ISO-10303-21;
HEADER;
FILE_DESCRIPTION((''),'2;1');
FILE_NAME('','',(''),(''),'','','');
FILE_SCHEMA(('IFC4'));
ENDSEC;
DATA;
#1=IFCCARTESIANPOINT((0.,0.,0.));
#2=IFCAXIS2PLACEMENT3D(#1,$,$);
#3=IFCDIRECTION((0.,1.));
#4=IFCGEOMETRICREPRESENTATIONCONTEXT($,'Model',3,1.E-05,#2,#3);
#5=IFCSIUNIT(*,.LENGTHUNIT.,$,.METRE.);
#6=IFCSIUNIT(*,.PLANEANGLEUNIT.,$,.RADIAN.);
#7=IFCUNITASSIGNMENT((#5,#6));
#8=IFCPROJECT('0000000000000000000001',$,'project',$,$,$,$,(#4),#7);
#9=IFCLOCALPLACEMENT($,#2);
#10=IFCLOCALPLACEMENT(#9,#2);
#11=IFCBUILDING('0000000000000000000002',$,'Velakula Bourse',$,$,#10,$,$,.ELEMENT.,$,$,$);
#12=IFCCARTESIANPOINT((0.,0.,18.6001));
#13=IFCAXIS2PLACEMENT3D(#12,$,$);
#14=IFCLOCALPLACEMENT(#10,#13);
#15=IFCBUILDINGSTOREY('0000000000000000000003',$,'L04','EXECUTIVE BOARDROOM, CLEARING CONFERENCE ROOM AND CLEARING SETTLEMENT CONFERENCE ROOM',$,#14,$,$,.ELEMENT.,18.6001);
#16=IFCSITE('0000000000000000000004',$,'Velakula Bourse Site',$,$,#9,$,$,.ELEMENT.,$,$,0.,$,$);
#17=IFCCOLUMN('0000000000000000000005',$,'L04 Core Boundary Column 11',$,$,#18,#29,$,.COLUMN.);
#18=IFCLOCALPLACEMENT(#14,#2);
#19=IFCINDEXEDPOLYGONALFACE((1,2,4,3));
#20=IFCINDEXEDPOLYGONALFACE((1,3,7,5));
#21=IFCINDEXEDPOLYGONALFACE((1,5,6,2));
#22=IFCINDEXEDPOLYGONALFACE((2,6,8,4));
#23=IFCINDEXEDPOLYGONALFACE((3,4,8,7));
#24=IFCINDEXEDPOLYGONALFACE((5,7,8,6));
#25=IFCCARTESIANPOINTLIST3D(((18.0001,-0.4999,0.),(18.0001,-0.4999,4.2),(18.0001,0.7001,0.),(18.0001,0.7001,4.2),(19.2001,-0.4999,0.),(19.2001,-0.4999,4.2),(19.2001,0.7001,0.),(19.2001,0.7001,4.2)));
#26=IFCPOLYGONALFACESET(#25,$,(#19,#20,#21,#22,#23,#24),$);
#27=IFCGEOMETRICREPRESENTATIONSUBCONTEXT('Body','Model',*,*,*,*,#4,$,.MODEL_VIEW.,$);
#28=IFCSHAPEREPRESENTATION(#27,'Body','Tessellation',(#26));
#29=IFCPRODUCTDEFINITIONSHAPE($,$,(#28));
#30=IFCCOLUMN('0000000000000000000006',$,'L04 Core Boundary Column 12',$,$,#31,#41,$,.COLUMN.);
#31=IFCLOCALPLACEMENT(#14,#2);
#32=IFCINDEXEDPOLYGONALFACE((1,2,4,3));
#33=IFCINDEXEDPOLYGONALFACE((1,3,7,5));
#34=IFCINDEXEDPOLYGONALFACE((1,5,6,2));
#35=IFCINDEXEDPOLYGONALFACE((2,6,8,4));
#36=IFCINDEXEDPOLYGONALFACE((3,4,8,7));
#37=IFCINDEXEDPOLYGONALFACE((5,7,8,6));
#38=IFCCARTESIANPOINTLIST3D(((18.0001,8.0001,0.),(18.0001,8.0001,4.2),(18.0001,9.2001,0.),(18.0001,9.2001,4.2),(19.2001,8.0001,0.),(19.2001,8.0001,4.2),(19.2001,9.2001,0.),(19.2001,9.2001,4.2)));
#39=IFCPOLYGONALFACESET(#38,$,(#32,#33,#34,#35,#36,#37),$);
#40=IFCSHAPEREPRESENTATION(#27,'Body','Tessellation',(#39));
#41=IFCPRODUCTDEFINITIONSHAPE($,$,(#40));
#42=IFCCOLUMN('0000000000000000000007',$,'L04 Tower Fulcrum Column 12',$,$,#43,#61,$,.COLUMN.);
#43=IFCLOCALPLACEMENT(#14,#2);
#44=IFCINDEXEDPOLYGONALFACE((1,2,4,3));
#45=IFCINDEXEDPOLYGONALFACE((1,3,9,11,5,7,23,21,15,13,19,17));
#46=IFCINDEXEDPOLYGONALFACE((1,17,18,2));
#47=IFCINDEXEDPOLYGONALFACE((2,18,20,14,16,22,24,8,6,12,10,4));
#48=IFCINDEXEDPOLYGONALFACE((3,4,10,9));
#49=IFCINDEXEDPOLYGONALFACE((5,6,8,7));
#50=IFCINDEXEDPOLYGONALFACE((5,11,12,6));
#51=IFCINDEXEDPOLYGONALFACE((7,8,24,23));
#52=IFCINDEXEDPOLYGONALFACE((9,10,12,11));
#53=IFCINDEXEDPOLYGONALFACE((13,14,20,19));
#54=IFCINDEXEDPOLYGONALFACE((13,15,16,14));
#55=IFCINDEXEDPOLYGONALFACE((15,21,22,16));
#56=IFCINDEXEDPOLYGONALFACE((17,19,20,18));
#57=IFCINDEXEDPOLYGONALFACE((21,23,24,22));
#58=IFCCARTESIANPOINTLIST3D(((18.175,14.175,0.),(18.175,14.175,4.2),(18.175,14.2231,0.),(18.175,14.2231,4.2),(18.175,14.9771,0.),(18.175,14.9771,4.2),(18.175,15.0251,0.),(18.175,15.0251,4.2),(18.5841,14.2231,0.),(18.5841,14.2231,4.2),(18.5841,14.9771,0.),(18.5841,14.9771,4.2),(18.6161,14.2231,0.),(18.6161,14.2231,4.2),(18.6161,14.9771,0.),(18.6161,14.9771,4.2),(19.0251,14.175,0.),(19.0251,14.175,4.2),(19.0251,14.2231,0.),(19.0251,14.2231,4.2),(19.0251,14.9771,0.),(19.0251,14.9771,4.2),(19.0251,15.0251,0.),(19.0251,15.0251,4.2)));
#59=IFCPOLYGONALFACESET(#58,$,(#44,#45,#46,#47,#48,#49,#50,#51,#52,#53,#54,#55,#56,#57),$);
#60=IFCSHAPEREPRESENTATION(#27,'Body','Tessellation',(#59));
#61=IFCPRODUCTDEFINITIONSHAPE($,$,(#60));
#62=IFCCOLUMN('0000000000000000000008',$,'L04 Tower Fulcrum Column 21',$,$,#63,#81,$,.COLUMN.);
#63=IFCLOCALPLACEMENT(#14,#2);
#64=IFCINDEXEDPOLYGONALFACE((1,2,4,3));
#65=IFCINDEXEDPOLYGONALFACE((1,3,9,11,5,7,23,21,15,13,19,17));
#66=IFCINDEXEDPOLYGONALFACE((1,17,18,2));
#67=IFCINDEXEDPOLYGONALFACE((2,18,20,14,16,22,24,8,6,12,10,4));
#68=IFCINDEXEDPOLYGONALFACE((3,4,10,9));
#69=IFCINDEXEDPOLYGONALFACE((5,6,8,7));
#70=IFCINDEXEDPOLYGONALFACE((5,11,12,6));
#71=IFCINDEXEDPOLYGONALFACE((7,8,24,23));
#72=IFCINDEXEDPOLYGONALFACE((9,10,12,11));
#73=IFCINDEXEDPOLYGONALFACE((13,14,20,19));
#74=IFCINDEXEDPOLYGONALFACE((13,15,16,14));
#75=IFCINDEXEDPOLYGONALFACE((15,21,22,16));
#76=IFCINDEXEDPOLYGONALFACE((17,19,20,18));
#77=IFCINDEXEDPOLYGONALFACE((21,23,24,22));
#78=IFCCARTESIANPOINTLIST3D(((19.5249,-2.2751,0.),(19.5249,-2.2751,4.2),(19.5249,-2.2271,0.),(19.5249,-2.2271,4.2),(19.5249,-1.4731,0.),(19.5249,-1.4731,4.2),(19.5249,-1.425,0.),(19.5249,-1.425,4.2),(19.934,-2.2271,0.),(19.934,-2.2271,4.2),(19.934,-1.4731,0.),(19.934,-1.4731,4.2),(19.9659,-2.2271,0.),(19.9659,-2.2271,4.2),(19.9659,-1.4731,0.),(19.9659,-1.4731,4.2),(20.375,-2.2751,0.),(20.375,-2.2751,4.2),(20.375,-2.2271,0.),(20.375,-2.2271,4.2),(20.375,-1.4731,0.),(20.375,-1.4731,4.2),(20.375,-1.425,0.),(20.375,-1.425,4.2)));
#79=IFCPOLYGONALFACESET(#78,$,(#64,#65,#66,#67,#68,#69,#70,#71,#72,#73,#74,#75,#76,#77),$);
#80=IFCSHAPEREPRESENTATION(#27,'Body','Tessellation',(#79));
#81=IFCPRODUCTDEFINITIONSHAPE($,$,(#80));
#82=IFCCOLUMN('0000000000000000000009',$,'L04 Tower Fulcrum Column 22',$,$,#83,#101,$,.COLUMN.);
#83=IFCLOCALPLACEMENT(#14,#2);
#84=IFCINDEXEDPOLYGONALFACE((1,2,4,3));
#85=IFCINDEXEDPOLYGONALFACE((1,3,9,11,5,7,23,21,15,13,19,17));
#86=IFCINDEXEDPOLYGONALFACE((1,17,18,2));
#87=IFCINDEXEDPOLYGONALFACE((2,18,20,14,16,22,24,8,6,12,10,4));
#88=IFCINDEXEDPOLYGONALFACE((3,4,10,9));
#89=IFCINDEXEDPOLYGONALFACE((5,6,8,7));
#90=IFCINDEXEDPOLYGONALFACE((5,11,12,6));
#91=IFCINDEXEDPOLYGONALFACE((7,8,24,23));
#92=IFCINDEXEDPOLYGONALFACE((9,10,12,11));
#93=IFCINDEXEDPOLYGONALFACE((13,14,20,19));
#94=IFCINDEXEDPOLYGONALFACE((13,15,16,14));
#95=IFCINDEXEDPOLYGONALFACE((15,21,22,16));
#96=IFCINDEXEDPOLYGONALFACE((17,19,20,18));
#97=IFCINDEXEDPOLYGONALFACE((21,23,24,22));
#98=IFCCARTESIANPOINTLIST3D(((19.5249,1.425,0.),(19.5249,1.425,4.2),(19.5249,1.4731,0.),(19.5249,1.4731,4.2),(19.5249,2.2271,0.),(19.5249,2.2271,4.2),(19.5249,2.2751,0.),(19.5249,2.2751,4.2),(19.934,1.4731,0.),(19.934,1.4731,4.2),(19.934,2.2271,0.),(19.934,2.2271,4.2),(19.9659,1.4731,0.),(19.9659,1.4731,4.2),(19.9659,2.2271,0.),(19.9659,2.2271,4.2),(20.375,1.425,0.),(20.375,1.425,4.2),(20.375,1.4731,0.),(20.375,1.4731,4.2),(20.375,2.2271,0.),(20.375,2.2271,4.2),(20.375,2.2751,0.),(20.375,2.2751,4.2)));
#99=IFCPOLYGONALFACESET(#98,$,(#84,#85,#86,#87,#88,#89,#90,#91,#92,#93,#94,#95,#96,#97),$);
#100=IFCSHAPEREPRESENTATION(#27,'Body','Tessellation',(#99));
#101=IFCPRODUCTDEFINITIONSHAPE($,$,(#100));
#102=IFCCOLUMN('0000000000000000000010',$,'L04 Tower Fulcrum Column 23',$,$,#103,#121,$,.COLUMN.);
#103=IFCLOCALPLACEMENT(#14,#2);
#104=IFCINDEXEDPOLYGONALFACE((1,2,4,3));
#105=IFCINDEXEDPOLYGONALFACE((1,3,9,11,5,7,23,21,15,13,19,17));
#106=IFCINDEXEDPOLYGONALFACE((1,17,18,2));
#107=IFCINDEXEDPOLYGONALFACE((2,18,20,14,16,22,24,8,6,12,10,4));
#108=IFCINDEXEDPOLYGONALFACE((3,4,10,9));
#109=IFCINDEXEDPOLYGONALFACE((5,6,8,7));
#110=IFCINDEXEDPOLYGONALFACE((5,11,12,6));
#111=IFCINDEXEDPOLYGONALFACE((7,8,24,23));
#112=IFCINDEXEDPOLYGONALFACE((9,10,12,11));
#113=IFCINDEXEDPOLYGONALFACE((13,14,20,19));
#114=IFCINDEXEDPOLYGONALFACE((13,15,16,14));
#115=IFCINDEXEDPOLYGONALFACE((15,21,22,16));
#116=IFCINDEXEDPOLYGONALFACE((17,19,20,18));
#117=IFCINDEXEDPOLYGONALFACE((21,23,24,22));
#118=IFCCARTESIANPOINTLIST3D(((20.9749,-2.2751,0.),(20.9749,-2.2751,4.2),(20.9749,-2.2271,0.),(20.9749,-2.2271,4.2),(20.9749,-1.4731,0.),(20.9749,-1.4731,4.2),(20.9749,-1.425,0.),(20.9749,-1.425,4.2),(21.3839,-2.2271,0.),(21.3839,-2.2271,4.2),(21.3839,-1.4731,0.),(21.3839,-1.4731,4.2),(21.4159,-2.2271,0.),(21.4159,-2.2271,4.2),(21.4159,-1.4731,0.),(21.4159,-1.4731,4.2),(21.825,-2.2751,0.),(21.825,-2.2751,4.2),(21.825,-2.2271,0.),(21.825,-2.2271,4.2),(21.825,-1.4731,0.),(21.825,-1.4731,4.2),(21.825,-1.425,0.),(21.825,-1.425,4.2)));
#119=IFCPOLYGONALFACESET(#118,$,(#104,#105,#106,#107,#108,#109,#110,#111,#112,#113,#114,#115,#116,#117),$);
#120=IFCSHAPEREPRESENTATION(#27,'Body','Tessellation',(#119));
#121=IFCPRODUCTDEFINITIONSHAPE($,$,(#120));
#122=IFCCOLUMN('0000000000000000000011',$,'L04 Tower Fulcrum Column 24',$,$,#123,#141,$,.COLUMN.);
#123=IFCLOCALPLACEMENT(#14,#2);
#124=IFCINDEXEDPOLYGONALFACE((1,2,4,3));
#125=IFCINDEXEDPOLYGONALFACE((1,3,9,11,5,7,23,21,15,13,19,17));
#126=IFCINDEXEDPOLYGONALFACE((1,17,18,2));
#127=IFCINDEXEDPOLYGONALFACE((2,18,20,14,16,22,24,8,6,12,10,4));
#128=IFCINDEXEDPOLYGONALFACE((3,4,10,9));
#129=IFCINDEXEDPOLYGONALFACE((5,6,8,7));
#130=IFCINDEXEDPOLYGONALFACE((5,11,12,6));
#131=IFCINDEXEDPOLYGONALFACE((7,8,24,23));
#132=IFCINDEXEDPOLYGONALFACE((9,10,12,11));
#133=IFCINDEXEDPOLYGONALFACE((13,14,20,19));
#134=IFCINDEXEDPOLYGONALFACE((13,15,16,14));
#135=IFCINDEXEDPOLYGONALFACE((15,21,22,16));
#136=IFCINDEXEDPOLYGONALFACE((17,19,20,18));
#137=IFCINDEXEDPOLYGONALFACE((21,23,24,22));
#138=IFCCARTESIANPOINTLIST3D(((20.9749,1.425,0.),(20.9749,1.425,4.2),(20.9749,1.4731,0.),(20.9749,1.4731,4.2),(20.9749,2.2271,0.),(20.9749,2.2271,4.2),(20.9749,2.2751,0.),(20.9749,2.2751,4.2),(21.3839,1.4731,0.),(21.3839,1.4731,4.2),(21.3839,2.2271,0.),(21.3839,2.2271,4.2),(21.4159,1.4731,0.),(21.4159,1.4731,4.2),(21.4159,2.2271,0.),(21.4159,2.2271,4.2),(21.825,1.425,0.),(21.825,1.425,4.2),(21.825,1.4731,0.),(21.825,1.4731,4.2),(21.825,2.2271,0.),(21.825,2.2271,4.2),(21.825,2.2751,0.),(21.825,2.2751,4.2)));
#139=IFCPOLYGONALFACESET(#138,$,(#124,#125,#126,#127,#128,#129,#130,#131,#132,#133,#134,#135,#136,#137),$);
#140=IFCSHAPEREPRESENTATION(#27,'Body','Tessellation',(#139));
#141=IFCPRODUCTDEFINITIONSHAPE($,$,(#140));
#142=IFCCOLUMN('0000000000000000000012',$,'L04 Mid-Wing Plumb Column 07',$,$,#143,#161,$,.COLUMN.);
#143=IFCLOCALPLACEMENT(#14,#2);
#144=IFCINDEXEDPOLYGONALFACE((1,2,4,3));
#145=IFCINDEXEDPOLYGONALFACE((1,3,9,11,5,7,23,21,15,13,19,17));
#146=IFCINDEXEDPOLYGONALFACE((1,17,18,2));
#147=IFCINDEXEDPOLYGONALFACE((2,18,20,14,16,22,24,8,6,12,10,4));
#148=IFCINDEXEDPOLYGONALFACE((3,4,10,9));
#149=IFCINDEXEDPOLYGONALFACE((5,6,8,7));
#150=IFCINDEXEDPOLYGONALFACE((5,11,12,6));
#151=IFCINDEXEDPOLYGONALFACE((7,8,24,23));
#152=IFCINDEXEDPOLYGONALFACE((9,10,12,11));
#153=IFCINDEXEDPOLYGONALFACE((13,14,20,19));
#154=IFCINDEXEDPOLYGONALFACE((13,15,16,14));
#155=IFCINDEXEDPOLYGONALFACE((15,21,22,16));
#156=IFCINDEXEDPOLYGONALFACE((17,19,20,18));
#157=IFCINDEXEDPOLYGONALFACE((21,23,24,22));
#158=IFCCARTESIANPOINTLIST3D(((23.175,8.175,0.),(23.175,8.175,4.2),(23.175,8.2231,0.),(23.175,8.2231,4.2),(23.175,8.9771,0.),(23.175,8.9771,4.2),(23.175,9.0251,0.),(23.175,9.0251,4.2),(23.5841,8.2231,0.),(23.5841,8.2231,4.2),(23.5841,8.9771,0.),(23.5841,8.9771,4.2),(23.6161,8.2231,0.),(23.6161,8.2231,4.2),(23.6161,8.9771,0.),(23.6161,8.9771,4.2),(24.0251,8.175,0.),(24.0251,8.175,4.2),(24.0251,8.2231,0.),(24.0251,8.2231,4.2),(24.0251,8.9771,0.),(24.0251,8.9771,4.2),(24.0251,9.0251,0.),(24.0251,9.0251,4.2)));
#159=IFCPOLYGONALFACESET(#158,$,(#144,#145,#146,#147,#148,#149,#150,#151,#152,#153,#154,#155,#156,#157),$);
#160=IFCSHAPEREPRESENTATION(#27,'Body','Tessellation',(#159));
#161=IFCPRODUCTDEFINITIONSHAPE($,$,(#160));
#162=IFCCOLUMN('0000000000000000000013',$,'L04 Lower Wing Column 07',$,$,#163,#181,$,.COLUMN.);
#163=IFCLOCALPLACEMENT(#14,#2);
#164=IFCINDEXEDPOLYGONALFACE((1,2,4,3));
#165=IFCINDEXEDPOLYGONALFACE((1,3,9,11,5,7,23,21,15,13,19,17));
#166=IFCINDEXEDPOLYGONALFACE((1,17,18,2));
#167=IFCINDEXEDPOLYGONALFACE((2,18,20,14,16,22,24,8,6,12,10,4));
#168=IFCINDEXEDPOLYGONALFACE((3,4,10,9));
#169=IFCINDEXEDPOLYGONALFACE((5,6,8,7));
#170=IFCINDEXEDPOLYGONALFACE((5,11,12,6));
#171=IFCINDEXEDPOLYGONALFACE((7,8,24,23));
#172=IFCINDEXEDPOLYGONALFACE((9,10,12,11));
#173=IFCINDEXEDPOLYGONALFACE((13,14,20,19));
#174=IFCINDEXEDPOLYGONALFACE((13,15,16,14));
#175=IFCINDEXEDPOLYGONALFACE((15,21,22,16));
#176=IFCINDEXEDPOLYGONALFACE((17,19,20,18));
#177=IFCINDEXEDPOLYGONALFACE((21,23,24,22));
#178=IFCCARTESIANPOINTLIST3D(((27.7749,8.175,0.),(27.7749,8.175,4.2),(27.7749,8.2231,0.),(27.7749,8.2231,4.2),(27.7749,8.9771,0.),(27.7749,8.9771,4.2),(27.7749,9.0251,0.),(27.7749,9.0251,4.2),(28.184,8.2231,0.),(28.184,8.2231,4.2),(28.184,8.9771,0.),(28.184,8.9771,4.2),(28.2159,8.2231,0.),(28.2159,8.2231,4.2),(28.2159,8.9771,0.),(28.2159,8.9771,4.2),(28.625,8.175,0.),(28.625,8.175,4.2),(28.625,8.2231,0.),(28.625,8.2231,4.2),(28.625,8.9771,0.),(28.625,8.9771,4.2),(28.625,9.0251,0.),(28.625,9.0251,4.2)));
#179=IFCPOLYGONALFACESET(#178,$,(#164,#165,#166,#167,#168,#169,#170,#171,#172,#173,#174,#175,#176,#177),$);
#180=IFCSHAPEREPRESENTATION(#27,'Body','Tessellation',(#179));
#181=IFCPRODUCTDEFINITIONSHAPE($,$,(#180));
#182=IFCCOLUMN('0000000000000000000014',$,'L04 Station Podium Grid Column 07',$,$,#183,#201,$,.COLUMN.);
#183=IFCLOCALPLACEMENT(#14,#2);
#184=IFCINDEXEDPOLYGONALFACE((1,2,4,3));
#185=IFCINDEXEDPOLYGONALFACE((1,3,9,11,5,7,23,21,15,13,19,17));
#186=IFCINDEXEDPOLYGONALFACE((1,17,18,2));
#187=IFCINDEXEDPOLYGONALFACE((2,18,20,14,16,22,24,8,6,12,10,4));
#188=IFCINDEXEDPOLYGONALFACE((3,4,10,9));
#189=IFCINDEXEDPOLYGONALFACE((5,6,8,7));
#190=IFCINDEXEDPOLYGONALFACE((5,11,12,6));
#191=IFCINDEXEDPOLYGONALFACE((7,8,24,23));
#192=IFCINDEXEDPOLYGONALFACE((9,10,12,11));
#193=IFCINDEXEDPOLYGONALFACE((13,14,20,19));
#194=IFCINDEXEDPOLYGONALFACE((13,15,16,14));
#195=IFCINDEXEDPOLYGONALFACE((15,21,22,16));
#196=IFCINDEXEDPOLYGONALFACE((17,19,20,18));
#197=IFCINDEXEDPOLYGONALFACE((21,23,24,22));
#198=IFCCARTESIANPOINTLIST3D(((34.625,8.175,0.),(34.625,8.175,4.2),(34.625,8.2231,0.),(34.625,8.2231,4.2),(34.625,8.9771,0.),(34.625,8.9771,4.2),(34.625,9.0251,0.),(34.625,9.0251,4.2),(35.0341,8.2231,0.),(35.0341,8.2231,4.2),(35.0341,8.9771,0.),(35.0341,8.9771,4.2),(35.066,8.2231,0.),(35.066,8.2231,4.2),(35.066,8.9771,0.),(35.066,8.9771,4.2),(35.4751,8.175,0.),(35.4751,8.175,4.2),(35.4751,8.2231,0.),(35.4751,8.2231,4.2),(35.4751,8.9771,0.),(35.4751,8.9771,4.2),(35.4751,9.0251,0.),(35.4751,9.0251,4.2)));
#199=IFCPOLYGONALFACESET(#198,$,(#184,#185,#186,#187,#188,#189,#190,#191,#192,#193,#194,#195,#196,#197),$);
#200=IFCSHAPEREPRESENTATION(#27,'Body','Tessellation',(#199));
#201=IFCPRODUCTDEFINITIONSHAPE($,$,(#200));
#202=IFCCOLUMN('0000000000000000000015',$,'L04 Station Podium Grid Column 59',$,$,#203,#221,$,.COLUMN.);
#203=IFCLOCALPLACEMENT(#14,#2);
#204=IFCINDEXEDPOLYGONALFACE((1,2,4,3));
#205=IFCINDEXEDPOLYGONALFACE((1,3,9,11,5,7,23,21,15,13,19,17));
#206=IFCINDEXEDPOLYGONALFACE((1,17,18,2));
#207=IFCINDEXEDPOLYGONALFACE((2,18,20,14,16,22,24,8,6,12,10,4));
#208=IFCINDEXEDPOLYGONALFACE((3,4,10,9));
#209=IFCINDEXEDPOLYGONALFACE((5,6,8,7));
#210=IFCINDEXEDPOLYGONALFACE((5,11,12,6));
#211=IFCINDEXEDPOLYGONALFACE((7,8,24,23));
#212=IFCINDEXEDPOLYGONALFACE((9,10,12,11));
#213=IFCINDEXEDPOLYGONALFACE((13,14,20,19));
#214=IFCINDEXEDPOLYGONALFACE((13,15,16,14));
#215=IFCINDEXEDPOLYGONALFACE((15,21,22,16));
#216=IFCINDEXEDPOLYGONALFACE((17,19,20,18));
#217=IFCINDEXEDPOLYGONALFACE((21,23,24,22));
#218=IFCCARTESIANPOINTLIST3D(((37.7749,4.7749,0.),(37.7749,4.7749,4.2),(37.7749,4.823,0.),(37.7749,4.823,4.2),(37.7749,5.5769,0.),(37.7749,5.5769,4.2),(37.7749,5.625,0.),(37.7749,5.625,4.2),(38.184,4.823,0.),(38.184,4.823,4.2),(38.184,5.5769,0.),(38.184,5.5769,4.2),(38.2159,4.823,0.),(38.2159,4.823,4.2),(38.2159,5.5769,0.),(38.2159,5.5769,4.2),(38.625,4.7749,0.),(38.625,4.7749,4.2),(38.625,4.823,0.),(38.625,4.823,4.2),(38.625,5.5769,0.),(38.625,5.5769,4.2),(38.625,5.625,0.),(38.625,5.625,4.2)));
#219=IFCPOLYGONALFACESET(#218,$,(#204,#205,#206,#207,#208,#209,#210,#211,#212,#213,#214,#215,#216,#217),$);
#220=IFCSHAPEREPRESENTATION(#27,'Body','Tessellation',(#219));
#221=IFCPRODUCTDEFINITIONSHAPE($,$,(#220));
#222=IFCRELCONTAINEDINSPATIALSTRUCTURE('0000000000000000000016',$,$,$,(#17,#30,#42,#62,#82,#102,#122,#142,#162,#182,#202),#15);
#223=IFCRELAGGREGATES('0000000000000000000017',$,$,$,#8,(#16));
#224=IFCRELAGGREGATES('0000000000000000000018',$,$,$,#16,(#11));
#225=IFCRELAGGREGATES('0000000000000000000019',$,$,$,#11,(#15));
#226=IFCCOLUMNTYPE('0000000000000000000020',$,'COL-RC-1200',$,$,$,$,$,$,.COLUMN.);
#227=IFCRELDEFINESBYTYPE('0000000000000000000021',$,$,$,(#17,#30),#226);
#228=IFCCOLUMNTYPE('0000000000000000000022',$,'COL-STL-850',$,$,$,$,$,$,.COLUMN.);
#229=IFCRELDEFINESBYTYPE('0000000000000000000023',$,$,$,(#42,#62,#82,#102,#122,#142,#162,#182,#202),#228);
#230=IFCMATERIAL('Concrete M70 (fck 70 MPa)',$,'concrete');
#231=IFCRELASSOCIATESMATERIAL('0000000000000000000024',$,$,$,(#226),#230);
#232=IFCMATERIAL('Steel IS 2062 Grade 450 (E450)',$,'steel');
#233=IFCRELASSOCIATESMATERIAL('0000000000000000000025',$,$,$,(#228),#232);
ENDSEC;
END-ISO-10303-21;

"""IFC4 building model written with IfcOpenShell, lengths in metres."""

from ifc_helpers import new_model, si_unit, direction, frame, origin, origin_2d, place, context, subcontext, project, spatial, rectangle, i_section, extrude, material, material_profile, profile_set, type_object, element, save


model = new_model("IFC4")

# Units and contexts
model_context = context("Model", 3, precision=1e-05, world=origin(), true_north=direction((0.0, 1.0)))
body_context = subcontext(model_context, "Body", "Model", "MODEL_VIEW")
ifc_project = project(units=[si_unit("LENGTHUNIT", "METRE"), si_unit("PLANEANGLEUNIT", "RADIAN")], contexts=[model_context])

# Site, building, storey
site_placement = place(None, origin())
site = spatial("IfcSite", under=ifc_project, at=site_placement, Name="Velakula Bourse Site", CompositionType="ELEMENT", RefElevation=0.0)
building_placement = place(site_placement, origin())
building = spatial("IfcBuilding", under=site, at=building_placement, Name="Velakula Bourse", CompositionType="ELEMENT")
storey_placement = place(building_placement, frame((0.0, 0.0, 18.6001)))
storey = spatial("IfcBuildingStorey", under=building, at=storey_placement, Name="L04", Description="EXECUTIVE BOARDROOM, CLEARING CONFERENCE ROOM AND CLEARING SETTLEMENT CONFERENCE ROOM", CompositionType="ELEMENT", Elevation=18.6001)

# Columns
ifc_material_1 = material(Name="Concrete M70 (fck 70 MPa)", Category="concrete")
ifc_material_profile_1 = material_profile(ifc_material_1, rectangle(XDim=1.2, YDim=1.2, at=origin_2d()), Name="Concrete M70 (fck 70 MPa)")
ifc_profile_set_1 = profile_set([ifc_material_profile_1], Name="Concrete M70 (fck 70 MPa)")
column_type_1 = type_object("IfcColumnType", Name="COL-RC-1200", PredefinedType="COLUMN", material=ifc_profile_set_1)
for number, where, z_axis, x_axis, name in (
    (1, (18.6001, 0.1001, 0.0), (0.0, 0.0, 1.0), (1.0, 0.0, 0.0), "L04 Core Boundary Column 11"),
    (2, (18.6001, 8.6001, 0.0), (0.0, 0.0, 1.0), (1.0, 0.0, 0.0), "L04 Core Boundary Column 12"),
):
    element("IfcColumn", number, at=place(storey_placement, frame(where, z_axis=z_axis, x_axis=x_axis)), inside=storey, type_object=column_type_1, Name=name, PredefinedType="COLUMN", context=body_context, shape_type="SweptSolid", body=[
        extrude(rectangle(XDim=1.2, YDim=1.2, at=origin_2d()), origin(), (0.0, 0.0, 1.0), 4.2),
    ])
ifc_material_2 = material(Name="Steel IS 2062 Grade 450 (E450)", Category="steel")
ifc_material_profile_2 = material_profile(ifc_material_2, i_section(OverallWidth=0.8501, OverallDepth=0.8501, WebThickness=0.032, FlangeThickness=0.0481, at=origin_2d()), Name="Steel IS 2062 Grade 450 (E450)")
ifc_profile_set_2 = profile_set([ifc_material_profile_2], Name="Steel IS 2062 Grade 450 (E450)")
column_type_2 = type_object("IfcColumnType", Name="COL-STL-850", PredefinedType="COLUMN", material=ifc_profile_set_2)
for number, where, z_axis, x_axis, name in (
    (3, (18.6001, 14.6001, 0.0), (0.0, 0.0, 1.0), (1.0, 0.0, 0.0), "L04 Tower Fulcrum Column 12"),
    (4, (19.95, -1.8501, 0.0), (0.0, 0.0, 1.0), (1.0, 0.0, 0.0), "L04 Tower Fulcrum Column 21"),
    (5, (19.95, 1.8501, 0.0), (0.0, 0.0, 1.0), (1.0, 0.0, 0.0), "L04 Tower Fulcrum Column 22"),
    (6, (21.3999, -1.8501, 0.0), (0.0, 0.0, 1.0), (1.0, 0.0, 0.0), "L04 Tower Fulcrum Column 23"),
    (7, (21.3999, 1.8501, 0.0), (0.0, 0.0, 1.0), (1.0, 0.0, 0.0), "L04 Tower Fulcrum Column 24"),
    (8, (23.6001, 8.6001, 0.0), (0.0, 0.0, 1.0), (1.0, 0.0, 0.0), "L04 Mid-Wing Plumb Column 07"),
    (9, (28.2, 8.6001, 0.0), (0.0, 0.0, 1.0), (1.0, 0.0, 0.0), "L04 Lower Wing Column 07"),
    (10, (35.05, 8.6001, 0.0), (0.0, 0.0, 1.0), (1.0, 0.0, 0.0), "L04 Station Podium Grid Column 07"),
    (11, (38.2, 5.2, 0.0), (0.0, 0.0, 1.0), (1.0, 0.0, 0.0), "L04 Station Podium Grid Column 59"),
):
    element("IfcColumn", number, at=place(storey_placement, frame(where, z_axis=z_axis, x_axis=x_axis)), inside=storey, type_object=column_type_2, Name=name, PredefinedType="COLUMN", context=body_context, shape_type="SweptSolid", body=[
        extrude(i_section(OverallWidth=0.8501, OverallDepth=0.8501, WebThickness=0.032, FlangeThickness=0.0481, at=origin_2d()), origin(), (0.0, 0.0, 1.0), 4.2),
    ])

save(model, "model.ifc")
